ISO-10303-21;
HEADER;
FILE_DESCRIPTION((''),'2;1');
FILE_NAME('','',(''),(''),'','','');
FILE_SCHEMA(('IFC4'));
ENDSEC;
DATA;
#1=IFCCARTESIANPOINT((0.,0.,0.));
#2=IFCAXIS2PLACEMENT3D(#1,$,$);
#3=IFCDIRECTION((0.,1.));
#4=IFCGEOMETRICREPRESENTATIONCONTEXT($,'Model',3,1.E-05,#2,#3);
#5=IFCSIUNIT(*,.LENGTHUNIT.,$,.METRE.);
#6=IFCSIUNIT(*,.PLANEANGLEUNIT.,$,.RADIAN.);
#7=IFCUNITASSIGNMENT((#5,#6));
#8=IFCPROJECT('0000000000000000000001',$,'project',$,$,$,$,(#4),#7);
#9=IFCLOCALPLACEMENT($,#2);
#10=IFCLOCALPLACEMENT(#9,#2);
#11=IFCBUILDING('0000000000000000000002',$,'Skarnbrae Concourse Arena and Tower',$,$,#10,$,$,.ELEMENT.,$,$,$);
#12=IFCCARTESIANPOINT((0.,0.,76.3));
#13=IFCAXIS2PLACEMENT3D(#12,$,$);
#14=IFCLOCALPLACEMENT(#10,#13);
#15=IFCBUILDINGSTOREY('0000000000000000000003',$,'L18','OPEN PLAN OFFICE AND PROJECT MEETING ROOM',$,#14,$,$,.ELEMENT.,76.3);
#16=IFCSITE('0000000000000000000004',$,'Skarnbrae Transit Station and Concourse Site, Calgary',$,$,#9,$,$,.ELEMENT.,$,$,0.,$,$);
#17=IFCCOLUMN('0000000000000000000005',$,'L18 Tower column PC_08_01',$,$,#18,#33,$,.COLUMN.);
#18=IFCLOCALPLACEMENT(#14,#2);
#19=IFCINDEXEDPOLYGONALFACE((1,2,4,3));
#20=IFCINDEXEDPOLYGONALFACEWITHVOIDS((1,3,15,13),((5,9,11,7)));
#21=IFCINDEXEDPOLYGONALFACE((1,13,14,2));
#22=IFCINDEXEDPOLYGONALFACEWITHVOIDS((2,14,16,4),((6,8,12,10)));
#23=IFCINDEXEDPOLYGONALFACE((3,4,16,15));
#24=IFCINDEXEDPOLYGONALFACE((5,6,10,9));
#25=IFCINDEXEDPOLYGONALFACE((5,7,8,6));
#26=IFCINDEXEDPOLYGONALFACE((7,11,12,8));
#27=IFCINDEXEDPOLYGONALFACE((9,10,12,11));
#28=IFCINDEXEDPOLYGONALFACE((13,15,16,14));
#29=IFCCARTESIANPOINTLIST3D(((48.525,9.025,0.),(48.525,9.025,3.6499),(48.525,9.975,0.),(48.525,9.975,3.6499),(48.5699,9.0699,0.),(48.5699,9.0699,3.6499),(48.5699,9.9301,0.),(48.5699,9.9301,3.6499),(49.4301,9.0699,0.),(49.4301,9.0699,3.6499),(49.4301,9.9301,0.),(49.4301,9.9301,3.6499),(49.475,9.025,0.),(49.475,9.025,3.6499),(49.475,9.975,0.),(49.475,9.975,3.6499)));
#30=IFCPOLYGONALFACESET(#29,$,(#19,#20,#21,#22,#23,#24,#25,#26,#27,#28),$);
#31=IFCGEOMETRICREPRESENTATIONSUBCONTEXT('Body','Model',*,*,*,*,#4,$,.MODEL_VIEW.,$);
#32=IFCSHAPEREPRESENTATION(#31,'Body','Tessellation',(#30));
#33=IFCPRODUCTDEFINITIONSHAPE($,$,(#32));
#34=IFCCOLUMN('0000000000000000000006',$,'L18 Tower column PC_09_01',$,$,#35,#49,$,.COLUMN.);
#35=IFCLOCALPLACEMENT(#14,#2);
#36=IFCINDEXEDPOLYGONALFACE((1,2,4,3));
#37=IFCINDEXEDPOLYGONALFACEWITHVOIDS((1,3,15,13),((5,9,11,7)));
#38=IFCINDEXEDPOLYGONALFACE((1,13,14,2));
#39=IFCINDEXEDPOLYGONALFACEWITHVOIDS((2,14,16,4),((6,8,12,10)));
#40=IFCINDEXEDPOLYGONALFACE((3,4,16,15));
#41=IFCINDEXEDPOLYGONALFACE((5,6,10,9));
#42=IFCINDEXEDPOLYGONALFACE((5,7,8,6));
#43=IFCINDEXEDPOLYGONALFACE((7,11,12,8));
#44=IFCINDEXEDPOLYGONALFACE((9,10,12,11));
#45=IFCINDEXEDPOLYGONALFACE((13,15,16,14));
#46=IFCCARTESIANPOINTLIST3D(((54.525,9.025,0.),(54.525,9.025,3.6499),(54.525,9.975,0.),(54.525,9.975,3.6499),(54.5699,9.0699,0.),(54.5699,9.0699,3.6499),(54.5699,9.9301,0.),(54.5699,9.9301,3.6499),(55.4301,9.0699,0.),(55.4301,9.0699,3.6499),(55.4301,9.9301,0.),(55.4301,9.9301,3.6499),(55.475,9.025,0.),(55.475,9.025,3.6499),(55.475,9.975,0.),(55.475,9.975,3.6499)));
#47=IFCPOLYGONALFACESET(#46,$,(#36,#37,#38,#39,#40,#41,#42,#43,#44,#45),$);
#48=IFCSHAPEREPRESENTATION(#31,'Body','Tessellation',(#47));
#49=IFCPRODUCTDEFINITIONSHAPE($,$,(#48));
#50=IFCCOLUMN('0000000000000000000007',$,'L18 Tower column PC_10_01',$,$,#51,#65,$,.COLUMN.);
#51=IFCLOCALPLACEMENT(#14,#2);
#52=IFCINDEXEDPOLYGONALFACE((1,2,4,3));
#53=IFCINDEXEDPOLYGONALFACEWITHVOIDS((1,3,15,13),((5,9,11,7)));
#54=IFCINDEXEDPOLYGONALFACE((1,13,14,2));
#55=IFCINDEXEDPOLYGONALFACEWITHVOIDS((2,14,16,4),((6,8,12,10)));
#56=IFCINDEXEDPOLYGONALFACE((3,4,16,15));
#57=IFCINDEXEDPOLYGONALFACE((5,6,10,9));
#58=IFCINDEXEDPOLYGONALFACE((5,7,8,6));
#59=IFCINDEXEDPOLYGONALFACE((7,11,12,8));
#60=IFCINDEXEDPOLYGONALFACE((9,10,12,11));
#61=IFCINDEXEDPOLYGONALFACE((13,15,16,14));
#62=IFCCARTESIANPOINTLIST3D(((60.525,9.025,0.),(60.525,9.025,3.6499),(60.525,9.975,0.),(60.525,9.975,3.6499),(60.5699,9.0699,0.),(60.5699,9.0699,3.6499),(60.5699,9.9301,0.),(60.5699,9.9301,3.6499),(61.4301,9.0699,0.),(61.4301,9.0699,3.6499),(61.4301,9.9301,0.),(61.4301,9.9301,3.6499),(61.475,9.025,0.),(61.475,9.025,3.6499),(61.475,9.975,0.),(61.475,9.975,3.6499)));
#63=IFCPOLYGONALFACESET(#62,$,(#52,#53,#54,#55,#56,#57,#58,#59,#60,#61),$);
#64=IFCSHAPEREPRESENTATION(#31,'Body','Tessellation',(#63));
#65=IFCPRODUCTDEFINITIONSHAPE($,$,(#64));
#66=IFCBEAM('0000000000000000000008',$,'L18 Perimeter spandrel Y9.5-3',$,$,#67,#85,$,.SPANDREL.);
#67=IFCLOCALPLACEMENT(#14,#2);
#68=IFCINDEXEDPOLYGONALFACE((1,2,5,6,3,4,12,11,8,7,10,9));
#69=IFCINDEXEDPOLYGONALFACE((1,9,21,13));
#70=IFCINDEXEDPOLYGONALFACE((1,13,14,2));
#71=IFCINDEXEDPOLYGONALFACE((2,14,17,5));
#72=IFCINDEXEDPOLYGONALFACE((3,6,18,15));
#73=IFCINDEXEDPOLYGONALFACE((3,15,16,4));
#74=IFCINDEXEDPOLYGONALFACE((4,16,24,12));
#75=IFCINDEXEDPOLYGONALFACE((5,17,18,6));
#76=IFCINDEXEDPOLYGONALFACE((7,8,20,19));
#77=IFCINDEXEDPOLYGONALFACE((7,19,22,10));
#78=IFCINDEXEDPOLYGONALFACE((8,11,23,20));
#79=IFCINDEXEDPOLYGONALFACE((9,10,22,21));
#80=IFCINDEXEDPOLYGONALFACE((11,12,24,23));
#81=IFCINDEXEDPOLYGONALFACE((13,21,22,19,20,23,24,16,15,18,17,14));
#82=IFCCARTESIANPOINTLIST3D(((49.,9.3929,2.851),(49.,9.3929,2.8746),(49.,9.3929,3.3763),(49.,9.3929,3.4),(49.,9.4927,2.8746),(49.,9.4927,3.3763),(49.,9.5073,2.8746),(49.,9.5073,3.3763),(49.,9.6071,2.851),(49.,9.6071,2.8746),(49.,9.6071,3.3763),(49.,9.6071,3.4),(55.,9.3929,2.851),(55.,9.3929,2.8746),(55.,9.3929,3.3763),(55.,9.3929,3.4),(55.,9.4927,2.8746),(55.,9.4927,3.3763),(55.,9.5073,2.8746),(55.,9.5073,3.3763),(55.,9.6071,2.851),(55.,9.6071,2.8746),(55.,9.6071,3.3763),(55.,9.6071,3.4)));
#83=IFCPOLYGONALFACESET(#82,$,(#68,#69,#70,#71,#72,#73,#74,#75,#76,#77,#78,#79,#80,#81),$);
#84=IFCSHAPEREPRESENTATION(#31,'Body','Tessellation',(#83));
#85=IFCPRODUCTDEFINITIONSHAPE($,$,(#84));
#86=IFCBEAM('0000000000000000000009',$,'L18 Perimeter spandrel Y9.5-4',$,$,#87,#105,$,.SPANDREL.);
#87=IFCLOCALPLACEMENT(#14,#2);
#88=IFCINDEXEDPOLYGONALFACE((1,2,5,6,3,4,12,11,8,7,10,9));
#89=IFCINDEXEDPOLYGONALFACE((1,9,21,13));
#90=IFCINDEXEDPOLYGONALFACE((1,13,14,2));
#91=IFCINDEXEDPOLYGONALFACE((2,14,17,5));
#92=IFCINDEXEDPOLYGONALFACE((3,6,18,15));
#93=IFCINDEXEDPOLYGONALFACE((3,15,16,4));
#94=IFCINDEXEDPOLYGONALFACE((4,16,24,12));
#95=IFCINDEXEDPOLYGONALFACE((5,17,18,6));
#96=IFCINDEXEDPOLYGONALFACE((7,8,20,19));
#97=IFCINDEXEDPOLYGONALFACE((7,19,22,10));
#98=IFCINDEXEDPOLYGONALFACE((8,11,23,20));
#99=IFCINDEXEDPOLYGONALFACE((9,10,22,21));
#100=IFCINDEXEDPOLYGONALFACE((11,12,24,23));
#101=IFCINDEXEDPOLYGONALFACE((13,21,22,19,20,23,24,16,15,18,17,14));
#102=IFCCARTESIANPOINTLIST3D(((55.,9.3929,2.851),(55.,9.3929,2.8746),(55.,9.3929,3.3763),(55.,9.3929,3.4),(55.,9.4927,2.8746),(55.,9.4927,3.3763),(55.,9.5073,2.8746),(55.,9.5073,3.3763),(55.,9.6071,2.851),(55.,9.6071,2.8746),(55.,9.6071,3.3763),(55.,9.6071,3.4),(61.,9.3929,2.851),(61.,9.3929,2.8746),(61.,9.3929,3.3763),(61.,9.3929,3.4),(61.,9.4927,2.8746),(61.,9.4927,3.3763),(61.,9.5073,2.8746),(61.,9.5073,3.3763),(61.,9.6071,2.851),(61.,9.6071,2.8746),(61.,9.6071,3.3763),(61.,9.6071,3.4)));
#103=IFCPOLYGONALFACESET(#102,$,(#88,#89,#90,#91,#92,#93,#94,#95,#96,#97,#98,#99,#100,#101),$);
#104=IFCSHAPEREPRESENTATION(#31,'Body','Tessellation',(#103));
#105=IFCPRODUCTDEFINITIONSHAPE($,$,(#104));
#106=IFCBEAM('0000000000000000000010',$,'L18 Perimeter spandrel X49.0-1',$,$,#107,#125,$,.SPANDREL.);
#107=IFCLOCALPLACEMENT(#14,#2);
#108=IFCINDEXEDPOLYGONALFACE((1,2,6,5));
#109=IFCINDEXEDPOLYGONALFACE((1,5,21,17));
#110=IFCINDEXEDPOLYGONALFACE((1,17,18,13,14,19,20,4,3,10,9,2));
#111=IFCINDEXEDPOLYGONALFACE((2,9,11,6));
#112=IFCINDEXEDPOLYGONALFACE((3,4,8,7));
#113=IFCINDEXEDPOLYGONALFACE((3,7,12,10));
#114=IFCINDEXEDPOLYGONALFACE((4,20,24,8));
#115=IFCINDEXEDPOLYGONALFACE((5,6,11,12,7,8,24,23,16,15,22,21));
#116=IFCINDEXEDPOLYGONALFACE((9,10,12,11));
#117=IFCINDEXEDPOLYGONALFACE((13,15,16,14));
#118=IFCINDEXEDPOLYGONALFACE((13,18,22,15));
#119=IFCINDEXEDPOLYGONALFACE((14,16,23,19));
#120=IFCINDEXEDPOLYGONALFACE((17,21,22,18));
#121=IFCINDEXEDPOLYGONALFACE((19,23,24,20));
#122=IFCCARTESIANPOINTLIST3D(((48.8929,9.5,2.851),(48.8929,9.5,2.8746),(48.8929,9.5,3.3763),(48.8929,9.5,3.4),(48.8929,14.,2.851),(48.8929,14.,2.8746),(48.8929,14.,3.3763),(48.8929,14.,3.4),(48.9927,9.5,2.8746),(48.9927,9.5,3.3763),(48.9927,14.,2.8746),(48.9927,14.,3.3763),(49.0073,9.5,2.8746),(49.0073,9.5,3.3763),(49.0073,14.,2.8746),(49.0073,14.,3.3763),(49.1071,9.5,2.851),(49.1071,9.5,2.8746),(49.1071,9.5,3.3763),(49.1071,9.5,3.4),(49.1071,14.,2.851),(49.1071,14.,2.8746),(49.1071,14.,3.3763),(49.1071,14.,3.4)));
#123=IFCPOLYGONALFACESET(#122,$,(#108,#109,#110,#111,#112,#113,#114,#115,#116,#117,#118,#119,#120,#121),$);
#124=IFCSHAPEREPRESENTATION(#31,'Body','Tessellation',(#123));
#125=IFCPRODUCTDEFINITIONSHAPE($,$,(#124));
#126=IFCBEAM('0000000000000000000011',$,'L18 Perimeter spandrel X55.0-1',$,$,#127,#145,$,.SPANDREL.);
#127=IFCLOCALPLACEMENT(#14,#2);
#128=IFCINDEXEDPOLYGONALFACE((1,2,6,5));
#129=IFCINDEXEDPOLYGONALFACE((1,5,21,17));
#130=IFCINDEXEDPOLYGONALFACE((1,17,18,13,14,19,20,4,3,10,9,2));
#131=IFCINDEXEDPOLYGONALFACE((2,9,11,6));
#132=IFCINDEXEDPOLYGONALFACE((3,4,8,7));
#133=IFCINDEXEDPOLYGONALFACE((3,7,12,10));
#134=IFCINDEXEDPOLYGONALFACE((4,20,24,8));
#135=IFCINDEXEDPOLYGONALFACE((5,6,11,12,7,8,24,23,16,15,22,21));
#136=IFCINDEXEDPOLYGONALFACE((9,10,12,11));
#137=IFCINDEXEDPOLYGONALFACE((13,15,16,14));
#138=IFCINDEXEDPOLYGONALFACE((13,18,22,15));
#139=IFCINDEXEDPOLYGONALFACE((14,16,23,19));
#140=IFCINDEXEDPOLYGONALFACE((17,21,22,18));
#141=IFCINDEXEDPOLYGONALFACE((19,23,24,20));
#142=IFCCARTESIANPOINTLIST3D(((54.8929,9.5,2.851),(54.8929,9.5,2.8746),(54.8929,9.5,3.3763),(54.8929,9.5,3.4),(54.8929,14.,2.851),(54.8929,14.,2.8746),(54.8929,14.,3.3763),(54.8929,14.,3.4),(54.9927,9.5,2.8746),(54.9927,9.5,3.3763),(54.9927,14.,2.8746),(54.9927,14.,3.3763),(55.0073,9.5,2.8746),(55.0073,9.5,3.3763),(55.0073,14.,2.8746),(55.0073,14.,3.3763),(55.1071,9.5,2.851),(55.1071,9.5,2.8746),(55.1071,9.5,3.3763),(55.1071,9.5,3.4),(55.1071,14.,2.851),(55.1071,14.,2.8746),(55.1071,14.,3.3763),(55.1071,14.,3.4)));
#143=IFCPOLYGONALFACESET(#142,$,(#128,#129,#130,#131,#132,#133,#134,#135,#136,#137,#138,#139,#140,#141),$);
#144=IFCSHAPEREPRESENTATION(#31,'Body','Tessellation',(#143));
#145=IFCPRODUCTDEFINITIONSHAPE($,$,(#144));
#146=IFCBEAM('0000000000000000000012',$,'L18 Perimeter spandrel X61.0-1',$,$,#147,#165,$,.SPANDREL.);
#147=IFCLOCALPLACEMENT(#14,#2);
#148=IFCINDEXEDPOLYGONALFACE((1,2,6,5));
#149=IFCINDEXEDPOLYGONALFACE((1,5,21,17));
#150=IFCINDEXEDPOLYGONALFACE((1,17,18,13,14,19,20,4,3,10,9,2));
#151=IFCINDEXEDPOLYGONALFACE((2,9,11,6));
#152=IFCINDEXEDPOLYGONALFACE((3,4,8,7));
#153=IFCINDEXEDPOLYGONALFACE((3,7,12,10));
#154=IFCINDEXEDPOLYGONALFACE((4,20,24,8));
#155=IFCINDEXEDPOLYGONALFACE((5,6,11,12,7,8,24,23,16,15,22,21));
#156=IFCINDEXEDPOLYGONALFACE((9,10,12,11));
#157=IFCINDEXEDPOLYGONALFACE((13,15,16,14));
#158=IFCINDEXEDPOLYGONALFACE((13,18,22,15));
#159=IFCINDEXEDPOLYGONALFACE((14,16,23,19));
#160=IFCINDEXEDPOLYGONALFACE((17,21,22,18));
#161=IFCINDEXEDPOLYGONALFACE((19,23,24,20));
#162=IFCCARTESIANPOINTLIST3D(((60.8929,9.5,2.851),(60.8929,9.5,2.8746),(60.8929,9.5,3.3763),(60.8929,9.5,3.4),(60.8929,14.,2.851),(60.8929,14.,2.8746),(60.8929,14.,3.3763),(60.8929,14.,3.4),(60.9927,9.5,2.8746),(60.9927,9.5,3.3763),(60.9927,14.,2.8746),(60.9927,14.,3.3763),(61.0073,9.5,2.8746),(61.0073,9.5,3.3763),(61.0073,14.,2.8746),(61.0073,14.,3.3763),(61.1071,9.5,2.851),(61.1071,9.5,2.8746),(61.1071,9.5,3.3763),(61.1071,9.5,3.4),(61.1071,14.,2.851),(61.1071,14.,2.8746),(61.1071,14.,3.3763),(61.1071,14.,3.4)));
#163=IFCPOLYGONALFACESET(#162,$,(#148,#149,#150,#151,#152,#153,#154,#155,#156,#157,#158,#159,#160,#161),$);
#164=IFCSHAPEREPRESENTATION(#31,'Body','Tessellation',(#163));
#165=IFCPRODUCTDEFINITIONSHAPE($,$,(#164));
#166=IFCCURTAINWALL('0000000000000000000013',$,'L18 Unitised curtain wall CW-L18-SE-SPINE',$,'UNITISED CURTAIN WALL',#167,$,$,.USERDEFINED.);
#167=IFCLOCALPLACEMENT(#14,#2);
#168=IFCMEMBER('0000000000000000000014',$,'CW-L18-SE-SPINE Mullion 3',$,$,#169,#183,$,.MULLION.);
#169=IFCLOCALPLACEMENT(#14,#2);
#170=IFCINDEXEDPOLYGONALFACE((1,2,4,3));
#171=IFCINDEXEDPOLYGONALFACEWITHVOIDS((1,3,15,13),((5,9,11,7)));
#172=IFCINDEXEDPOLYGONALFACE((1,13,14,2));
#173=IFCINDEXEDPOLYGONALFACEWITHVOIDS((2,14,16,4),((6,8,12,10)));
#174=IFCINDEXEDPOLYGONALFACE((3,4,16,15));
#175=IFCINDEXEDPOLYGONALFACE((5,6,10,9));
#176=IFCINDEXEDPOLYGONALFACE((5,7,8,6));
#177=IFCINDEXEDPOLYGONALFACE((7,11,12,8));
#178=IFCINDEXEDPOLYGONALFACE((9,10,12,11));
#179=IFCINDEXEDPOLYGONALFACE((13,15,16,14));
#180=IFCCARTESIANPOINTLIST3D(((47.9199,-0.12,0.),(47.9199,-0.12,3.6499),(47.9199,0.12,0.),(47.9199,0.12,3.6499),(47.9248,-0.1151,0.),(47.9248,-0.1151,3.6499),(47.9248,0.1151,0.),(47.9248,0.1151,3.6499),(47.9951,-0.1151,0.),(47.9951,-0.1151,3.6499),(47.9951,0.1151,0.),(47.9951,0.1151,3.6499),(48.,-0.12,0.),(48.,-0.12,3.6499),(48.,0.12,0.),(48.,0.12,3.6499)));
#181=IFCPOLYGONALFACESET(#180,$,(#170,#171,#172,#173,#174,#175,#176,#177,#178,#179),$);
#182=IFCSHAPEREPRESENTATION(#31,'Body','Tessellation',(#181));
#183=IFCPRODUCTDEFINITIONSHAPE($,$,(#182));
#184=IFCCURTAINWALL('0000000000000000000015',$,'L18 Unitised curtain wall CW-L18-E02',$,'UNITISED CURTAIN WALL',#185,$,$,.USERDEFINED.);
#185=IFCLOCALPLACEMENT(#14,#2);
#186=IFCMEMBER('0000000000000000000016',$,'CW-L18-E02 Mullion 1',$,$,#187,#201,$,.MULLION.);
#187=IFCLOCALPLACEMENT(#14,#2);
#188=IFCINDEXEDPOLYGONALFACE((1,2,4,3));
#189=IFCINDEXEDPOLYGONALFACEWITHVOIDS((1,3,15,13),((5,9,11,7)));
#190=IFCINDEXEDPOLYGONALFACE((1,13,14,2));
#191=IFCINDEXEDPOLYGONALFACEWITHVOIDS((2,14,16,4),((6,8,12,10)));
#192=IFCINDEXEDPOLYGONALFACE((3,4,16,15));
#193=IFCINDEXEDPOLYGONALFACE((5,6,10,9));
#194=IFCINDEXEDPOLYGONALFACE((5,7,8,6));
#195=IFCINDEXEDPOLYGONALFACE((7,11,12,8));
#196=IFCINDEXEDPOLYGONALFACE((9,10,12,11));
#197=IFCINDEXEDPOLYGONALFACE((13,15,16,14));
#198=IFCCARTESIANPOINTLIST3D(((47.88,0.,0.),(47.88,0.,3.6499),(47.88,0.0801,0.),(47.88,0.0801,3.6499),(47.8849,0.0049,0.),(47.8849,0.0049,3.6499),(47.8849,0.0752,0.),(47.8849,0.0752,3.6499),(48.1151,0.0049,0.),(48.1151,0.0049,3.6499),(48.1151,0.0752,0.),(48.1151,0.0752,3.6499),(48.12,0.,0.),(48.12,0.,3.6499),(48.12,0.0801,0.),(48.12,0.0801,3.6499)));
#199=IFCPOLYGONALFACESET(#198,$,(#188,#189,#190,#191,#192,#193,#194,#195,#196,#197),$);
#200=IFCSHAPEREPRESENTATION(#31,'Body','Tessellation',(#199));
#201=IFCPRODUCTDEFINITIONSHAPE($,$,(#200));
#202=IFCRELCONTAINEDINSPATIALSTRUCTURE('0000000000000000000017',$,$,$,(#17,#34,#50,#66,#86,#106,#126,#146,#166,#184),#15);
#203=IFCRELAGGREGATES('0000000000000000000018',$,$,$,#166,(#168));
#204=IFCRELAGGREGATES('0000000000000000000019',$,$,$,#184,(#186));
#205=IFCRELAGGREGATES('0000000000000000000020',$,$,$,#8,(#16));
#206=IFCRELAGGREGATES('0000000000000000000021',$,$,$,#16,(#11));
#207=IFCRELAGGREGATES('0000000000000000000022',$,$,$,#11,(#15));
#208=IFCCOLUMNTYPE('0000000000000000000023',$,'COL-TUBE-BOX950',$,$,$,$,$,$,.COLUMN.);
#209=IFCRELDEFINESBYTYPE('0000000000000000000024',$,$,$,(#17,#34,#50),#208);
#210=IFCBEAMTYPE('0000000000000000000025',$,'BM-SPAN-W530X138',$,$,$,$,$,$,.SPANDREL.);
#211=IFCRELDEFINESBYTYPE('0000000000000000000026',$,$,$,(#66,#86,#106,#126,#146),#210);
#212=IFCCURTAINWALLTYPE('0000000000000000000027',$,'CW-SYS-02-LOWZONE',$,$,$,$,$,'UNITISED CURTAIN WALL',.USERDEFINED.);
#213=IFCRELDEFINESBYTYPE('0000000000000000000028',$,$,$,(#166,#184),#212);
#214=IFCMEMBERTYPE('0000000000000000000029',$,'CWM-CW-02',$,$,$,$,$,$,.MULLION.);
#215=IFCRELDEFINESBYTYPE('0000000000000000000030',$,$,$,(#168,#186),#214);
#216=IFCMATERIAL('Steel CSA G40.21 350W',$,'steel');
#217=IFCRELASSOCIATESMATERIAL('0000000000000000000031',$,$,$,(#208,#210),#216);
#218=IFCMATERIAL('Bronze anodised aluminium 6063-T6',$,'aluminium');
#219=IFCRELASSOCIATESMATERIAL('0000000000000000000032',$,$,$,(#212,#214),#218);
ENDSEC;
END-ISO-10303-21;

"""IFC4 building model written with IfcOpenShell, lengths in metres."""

from ifc_helpers import new_model, si_unit, direction, frame, origin, origin_2d, place, context, subcontext, project, spatial, hollow_rectangle, i_section, extrude, source, transform, mapped, material, material_profile, profile_set, type_object, element, aggregate, save


model = new_model("IFC4")

# Units and contexts
model_context = context("Model", 3, precision=1e-05, world=origin(), true_north=direction((0.0, 1.0)))
body_context = subcontext(model_context, "Body", "Model", "MODEL_VIEW")
ifc_project = project(units=[si_unit("LENGTHUNIT", "METRE"), si_unit("PLANEANGLEUNIT", "RADIAN")], contexts=[model_context])

# Site, building, storey
site_placement = place(None, origin())
site = spatial("IfcSite", under=ifc_project, at=site_placement, Name="Skarnbrae Transit Station and Concourse Site, Calgary", CompositionType="ELEMENT", RefElevation=0.0)
building_placement = place(site_placement, origin())
building = spatial("IfcBuilding", under=site, at=building_placement, Name="Skarnbrae Concourse Arena and Tower", CompositionType="ELEMENT")
storey_placement = place(building_placement, frame((0.0, 0.0, 76.3)))
storey = spatial("IfcBuildingStorey", under=building, at=storey_placement, Name="L18", Description="OPEN PLAN OFFICE AND PROJECT MEETING ROOM", CompositionType="ELEMENT", Elevation=76.3)

# Columns
ifc_material_1 = material(Name="Steel CSA G40.21 350W", Category="steel")
ifc_material_profile_1 = material_profile(ifc_material_1, hollow_rectangle(XDim=0.95, YDim=0.95, WallThickness=0.0449, at=origin_2d()), Name="BOX950X950X45")
ifc_profile_set_1 = profile_set([ifc_material_profile_1], Name="Steel CSA G40.21 350W")
column_type = type_object("IfcColumnType", Name="COL-TUBE-BOX950", PredefinedType="COLUMN", material=ifc_profile_set_1)
shared_shape_1 = source(origin(), body_context, "Body", "SweptSolid", [
    extrude(hollow_rectangle(XDim=0.95, YDim=0.95, WallThickness=0.0449, at=origin_2d()), origin(), (0.0, 0.0, 1.0), 3.6499),
])
for number, where, z_axis, x_axis, name in (
    (1, (49.0, 9.5, 0.0), (0.0, 0.0, 1.0), (1.0, 0.0, 0.0), "L18 Tower column PC_08_01"),
    (2, (55.0, 9.5, 0.0), (0.0, 0.0, 1.0), (1.0, 0.0, 0.0), "L18 Tower column PC_09_01"),
    (3, (61.0, 9.5, 0.0), (0.0, 0.0, 1.0), (1.0, 0.0, 0.0), "L18 Tower column PC_10_01"),
):
    element("IfcColumn", number, at=place(storey_placement, frame(where, z_axis=z_axis, x_axis=x_axis)), inside=storey, type_object=column_type, Name=name, PredefinedType="COLUMN", context=body_context, shape_type="MappedRepresentation", body=[
        mapped(shared_shape_1, transform((0.0, 0.0, 0.0))),
    ])

# Beams
ifc_material_profile_2 = material_profile(ifc_material_1, i_section(OverallWidth=0.2141, OverallDepth=0.5491, WebThickness=0.0146, FlangeThickness=0.0237, at=origin_2d()), Name="W530X138")
ifc_profile_set_2 = profile_set([ifc_material_profile_2], Name="Steel CSA G40.21 350W")
beam_type = type_object("IfcBeamType", Name="BM-SPAN-W530X138", PredefinedType="SPANDREL", material=ifc_profile_set_2)
shared_shape_2 = source(origin(), body_context, "Body", "SweptSolid", [
    extrude(i_section(OverallWidth=0.2141, OverallDepth=0.5491, WebThickness=0.0146, FlangeThickness=0.0237, at=origin_2d()), origin(), (0.0, 0.0, 1.0), 6.0),
])
for number, where, z_axis, x_axis, name in (
    (4, (49.0, 9.5, 3.1255), (1.0, 0.0, 0.0), (0.0, 1.0, 0.0), "L18 Perimeter spandrel Y9.5-3"),
    (5, (55.0, 9.5, 3.1255), (1.0, 0.0, 0.0), (0.0, 1.0, 0.0), "L18 Perimeter spandrel Y9.5-4"),
):
    element("IfcBeam", number, at=place(storey_placement, frame(where, z_axis=z_axis, x_axis=x_axis)), inside=storey, type_object=beam_type, Name=name, PredefinedType="SPANDREL", context=body_context, shape_type="MappedRepresentation", body=[
        mapped(shared_shape_2, transform((0.0, 0.0, 0.0))),
    ])
shared_shape_3 = source(origin(), body_context, "Body", "SweptSolid", [
    extrude(i_section(OverallWidth=0.2141, OverallDepth=0.5491, WebThickness=0.0146, FlangeThickness=0.0237, at=origin_2d()), origin(), (0.0, 0.0, 1.0), 4.5),
])
for number, where, z_axis, x_axis, name in (
    (6, (49.0, 9.5, 3.1255), (0.0, 1.0, 0.0), (-1.0, 0.0, 0.0), "L18 Perimeter spandrel X49.0-1"),
    (7, (55.0, 9.5, 3.1255), (0.0, 1.0, 0.0), (-1.0, 0.0, 0.0), "L18 Perimeter spandrel X55.0-1"),
    (8, (61.0, 9.5, 3.1255), (0.0, 1.0, 0.0), (-1.0, 0.0, 0.0), "L18 Perimeter spandrel X61.0-1"),
):
    element("IfcBeam", number, at=place(storey_placement, frame(where, z_axis=z_axis, x_axis=x_axis)), inside=storey, type_object=beam_type, Name=name, PredefinedType="SPANDREL", context=body_context, shape_type="MappedRepresentation", body=[
        mapped(shared_shape_3, transform((0.0, 0.0, 0.0))),
    ])

# Curtain wall, member
ifc_material_2 = material(Name="Bronze anodised aluminium 6063-T6", Category="aluminium")
curtain_wall_type = type_object("IfcCurtainWallType", Name="CW-SYS-02-LOWZONE", ElementType="UNITISED CURTAIN WALL", PredefinedType="USERDEFINED", material=ifc_material_2)
curtain_wall_1_placement = place(storey_placement, origin())
curtain_wall_1 = element("IfcCurtainWall", 9, at=curtain_wall_1_placement, inside=storey, type_object=curtain_wall_type, Name="L18 Unitised curtain wall CW-L18-SE-SPINE", ObjectType="UNITISED CURTAIN WALL", PredefinedType="USERDEFINED")
ifc_material_profile_3 = material_profile(ifc_material_2, hollow_rectangle(XDim=0.0801, YDim=0.24, WallThickness=0.0049, at=origin_2d()), Name="ALU-MULL-80X240")
ifc_profile_set_3 = profile_set([ifc_material_profile_3], Name="Bronze anodised aluminium 6063-T6")
member_type_1 = type_object("IfcMemberType", Name="CWM-CW-02", PredefinedType="MULLION", material=ifc_profile_set_3)
shared_shape_4 = source(origin(), body_context, "Body", "SweptSolid", [
    extrude(hollow_rectangle(XDim=0.0801, YDim=0.24, WallThickness=0.0049, at=origin_2d()), origin(), (0.0, 0.0, 1.0), 3.6499),
])
member_1_placement = place(storey_placement, frame((47.96, 0.0, 0.0), z_axis=(0.0, 0.0, 1.0), x_axis=(1.0, 0.0, 0.0)))
member_1 = element("IfcMember", 10, at=member_1_placement, type_object=member_type_1, Name="CW-L18-SE-SPINE Mullion 3", PredefinedType="MULLION", context=body_context, shape_type="MappedRepresentation", body=[
    mapped(shared_shape_4, transform((0.0, 0.0, 0.0))),
])
aggregate(curtain_wall_1, [member_1])

# Curtain wall, member
curtain_wall_2_placement = place(storey_placement, origin())
curtain_wall_2 = element("IfcCurtainWall", 11, at=curtain_wall_2_placement, inside=storey, type_object=curtain_wall_type, Name="L18 Unitised curtain wall CW-L18-E02", ObjectType="UNITISED CURTAIN WALL", PredefinedType="USERDEFINED")
member_2_placement = place(storey_placement, frame((48.0, 0.04, 0.0), z_axis=(0.0, 0.0, 1.0), x_axis=(0.0, 1.0, 0.0)))
member_2 = element("IfcMember", 12, at=member_2_placement, type_object=member_type_1, Name="CW-L18-E02 Mullion 1", PredefinedType="MULLION", context=body_context, shape_type="MappedRepresentation", body=[
    mapped(shared_shape_4, transform((0.0, 0.0, 0.0))),
])

aggregate(curtain_wall_2, [member_2])

save(model, "model.ifc")
